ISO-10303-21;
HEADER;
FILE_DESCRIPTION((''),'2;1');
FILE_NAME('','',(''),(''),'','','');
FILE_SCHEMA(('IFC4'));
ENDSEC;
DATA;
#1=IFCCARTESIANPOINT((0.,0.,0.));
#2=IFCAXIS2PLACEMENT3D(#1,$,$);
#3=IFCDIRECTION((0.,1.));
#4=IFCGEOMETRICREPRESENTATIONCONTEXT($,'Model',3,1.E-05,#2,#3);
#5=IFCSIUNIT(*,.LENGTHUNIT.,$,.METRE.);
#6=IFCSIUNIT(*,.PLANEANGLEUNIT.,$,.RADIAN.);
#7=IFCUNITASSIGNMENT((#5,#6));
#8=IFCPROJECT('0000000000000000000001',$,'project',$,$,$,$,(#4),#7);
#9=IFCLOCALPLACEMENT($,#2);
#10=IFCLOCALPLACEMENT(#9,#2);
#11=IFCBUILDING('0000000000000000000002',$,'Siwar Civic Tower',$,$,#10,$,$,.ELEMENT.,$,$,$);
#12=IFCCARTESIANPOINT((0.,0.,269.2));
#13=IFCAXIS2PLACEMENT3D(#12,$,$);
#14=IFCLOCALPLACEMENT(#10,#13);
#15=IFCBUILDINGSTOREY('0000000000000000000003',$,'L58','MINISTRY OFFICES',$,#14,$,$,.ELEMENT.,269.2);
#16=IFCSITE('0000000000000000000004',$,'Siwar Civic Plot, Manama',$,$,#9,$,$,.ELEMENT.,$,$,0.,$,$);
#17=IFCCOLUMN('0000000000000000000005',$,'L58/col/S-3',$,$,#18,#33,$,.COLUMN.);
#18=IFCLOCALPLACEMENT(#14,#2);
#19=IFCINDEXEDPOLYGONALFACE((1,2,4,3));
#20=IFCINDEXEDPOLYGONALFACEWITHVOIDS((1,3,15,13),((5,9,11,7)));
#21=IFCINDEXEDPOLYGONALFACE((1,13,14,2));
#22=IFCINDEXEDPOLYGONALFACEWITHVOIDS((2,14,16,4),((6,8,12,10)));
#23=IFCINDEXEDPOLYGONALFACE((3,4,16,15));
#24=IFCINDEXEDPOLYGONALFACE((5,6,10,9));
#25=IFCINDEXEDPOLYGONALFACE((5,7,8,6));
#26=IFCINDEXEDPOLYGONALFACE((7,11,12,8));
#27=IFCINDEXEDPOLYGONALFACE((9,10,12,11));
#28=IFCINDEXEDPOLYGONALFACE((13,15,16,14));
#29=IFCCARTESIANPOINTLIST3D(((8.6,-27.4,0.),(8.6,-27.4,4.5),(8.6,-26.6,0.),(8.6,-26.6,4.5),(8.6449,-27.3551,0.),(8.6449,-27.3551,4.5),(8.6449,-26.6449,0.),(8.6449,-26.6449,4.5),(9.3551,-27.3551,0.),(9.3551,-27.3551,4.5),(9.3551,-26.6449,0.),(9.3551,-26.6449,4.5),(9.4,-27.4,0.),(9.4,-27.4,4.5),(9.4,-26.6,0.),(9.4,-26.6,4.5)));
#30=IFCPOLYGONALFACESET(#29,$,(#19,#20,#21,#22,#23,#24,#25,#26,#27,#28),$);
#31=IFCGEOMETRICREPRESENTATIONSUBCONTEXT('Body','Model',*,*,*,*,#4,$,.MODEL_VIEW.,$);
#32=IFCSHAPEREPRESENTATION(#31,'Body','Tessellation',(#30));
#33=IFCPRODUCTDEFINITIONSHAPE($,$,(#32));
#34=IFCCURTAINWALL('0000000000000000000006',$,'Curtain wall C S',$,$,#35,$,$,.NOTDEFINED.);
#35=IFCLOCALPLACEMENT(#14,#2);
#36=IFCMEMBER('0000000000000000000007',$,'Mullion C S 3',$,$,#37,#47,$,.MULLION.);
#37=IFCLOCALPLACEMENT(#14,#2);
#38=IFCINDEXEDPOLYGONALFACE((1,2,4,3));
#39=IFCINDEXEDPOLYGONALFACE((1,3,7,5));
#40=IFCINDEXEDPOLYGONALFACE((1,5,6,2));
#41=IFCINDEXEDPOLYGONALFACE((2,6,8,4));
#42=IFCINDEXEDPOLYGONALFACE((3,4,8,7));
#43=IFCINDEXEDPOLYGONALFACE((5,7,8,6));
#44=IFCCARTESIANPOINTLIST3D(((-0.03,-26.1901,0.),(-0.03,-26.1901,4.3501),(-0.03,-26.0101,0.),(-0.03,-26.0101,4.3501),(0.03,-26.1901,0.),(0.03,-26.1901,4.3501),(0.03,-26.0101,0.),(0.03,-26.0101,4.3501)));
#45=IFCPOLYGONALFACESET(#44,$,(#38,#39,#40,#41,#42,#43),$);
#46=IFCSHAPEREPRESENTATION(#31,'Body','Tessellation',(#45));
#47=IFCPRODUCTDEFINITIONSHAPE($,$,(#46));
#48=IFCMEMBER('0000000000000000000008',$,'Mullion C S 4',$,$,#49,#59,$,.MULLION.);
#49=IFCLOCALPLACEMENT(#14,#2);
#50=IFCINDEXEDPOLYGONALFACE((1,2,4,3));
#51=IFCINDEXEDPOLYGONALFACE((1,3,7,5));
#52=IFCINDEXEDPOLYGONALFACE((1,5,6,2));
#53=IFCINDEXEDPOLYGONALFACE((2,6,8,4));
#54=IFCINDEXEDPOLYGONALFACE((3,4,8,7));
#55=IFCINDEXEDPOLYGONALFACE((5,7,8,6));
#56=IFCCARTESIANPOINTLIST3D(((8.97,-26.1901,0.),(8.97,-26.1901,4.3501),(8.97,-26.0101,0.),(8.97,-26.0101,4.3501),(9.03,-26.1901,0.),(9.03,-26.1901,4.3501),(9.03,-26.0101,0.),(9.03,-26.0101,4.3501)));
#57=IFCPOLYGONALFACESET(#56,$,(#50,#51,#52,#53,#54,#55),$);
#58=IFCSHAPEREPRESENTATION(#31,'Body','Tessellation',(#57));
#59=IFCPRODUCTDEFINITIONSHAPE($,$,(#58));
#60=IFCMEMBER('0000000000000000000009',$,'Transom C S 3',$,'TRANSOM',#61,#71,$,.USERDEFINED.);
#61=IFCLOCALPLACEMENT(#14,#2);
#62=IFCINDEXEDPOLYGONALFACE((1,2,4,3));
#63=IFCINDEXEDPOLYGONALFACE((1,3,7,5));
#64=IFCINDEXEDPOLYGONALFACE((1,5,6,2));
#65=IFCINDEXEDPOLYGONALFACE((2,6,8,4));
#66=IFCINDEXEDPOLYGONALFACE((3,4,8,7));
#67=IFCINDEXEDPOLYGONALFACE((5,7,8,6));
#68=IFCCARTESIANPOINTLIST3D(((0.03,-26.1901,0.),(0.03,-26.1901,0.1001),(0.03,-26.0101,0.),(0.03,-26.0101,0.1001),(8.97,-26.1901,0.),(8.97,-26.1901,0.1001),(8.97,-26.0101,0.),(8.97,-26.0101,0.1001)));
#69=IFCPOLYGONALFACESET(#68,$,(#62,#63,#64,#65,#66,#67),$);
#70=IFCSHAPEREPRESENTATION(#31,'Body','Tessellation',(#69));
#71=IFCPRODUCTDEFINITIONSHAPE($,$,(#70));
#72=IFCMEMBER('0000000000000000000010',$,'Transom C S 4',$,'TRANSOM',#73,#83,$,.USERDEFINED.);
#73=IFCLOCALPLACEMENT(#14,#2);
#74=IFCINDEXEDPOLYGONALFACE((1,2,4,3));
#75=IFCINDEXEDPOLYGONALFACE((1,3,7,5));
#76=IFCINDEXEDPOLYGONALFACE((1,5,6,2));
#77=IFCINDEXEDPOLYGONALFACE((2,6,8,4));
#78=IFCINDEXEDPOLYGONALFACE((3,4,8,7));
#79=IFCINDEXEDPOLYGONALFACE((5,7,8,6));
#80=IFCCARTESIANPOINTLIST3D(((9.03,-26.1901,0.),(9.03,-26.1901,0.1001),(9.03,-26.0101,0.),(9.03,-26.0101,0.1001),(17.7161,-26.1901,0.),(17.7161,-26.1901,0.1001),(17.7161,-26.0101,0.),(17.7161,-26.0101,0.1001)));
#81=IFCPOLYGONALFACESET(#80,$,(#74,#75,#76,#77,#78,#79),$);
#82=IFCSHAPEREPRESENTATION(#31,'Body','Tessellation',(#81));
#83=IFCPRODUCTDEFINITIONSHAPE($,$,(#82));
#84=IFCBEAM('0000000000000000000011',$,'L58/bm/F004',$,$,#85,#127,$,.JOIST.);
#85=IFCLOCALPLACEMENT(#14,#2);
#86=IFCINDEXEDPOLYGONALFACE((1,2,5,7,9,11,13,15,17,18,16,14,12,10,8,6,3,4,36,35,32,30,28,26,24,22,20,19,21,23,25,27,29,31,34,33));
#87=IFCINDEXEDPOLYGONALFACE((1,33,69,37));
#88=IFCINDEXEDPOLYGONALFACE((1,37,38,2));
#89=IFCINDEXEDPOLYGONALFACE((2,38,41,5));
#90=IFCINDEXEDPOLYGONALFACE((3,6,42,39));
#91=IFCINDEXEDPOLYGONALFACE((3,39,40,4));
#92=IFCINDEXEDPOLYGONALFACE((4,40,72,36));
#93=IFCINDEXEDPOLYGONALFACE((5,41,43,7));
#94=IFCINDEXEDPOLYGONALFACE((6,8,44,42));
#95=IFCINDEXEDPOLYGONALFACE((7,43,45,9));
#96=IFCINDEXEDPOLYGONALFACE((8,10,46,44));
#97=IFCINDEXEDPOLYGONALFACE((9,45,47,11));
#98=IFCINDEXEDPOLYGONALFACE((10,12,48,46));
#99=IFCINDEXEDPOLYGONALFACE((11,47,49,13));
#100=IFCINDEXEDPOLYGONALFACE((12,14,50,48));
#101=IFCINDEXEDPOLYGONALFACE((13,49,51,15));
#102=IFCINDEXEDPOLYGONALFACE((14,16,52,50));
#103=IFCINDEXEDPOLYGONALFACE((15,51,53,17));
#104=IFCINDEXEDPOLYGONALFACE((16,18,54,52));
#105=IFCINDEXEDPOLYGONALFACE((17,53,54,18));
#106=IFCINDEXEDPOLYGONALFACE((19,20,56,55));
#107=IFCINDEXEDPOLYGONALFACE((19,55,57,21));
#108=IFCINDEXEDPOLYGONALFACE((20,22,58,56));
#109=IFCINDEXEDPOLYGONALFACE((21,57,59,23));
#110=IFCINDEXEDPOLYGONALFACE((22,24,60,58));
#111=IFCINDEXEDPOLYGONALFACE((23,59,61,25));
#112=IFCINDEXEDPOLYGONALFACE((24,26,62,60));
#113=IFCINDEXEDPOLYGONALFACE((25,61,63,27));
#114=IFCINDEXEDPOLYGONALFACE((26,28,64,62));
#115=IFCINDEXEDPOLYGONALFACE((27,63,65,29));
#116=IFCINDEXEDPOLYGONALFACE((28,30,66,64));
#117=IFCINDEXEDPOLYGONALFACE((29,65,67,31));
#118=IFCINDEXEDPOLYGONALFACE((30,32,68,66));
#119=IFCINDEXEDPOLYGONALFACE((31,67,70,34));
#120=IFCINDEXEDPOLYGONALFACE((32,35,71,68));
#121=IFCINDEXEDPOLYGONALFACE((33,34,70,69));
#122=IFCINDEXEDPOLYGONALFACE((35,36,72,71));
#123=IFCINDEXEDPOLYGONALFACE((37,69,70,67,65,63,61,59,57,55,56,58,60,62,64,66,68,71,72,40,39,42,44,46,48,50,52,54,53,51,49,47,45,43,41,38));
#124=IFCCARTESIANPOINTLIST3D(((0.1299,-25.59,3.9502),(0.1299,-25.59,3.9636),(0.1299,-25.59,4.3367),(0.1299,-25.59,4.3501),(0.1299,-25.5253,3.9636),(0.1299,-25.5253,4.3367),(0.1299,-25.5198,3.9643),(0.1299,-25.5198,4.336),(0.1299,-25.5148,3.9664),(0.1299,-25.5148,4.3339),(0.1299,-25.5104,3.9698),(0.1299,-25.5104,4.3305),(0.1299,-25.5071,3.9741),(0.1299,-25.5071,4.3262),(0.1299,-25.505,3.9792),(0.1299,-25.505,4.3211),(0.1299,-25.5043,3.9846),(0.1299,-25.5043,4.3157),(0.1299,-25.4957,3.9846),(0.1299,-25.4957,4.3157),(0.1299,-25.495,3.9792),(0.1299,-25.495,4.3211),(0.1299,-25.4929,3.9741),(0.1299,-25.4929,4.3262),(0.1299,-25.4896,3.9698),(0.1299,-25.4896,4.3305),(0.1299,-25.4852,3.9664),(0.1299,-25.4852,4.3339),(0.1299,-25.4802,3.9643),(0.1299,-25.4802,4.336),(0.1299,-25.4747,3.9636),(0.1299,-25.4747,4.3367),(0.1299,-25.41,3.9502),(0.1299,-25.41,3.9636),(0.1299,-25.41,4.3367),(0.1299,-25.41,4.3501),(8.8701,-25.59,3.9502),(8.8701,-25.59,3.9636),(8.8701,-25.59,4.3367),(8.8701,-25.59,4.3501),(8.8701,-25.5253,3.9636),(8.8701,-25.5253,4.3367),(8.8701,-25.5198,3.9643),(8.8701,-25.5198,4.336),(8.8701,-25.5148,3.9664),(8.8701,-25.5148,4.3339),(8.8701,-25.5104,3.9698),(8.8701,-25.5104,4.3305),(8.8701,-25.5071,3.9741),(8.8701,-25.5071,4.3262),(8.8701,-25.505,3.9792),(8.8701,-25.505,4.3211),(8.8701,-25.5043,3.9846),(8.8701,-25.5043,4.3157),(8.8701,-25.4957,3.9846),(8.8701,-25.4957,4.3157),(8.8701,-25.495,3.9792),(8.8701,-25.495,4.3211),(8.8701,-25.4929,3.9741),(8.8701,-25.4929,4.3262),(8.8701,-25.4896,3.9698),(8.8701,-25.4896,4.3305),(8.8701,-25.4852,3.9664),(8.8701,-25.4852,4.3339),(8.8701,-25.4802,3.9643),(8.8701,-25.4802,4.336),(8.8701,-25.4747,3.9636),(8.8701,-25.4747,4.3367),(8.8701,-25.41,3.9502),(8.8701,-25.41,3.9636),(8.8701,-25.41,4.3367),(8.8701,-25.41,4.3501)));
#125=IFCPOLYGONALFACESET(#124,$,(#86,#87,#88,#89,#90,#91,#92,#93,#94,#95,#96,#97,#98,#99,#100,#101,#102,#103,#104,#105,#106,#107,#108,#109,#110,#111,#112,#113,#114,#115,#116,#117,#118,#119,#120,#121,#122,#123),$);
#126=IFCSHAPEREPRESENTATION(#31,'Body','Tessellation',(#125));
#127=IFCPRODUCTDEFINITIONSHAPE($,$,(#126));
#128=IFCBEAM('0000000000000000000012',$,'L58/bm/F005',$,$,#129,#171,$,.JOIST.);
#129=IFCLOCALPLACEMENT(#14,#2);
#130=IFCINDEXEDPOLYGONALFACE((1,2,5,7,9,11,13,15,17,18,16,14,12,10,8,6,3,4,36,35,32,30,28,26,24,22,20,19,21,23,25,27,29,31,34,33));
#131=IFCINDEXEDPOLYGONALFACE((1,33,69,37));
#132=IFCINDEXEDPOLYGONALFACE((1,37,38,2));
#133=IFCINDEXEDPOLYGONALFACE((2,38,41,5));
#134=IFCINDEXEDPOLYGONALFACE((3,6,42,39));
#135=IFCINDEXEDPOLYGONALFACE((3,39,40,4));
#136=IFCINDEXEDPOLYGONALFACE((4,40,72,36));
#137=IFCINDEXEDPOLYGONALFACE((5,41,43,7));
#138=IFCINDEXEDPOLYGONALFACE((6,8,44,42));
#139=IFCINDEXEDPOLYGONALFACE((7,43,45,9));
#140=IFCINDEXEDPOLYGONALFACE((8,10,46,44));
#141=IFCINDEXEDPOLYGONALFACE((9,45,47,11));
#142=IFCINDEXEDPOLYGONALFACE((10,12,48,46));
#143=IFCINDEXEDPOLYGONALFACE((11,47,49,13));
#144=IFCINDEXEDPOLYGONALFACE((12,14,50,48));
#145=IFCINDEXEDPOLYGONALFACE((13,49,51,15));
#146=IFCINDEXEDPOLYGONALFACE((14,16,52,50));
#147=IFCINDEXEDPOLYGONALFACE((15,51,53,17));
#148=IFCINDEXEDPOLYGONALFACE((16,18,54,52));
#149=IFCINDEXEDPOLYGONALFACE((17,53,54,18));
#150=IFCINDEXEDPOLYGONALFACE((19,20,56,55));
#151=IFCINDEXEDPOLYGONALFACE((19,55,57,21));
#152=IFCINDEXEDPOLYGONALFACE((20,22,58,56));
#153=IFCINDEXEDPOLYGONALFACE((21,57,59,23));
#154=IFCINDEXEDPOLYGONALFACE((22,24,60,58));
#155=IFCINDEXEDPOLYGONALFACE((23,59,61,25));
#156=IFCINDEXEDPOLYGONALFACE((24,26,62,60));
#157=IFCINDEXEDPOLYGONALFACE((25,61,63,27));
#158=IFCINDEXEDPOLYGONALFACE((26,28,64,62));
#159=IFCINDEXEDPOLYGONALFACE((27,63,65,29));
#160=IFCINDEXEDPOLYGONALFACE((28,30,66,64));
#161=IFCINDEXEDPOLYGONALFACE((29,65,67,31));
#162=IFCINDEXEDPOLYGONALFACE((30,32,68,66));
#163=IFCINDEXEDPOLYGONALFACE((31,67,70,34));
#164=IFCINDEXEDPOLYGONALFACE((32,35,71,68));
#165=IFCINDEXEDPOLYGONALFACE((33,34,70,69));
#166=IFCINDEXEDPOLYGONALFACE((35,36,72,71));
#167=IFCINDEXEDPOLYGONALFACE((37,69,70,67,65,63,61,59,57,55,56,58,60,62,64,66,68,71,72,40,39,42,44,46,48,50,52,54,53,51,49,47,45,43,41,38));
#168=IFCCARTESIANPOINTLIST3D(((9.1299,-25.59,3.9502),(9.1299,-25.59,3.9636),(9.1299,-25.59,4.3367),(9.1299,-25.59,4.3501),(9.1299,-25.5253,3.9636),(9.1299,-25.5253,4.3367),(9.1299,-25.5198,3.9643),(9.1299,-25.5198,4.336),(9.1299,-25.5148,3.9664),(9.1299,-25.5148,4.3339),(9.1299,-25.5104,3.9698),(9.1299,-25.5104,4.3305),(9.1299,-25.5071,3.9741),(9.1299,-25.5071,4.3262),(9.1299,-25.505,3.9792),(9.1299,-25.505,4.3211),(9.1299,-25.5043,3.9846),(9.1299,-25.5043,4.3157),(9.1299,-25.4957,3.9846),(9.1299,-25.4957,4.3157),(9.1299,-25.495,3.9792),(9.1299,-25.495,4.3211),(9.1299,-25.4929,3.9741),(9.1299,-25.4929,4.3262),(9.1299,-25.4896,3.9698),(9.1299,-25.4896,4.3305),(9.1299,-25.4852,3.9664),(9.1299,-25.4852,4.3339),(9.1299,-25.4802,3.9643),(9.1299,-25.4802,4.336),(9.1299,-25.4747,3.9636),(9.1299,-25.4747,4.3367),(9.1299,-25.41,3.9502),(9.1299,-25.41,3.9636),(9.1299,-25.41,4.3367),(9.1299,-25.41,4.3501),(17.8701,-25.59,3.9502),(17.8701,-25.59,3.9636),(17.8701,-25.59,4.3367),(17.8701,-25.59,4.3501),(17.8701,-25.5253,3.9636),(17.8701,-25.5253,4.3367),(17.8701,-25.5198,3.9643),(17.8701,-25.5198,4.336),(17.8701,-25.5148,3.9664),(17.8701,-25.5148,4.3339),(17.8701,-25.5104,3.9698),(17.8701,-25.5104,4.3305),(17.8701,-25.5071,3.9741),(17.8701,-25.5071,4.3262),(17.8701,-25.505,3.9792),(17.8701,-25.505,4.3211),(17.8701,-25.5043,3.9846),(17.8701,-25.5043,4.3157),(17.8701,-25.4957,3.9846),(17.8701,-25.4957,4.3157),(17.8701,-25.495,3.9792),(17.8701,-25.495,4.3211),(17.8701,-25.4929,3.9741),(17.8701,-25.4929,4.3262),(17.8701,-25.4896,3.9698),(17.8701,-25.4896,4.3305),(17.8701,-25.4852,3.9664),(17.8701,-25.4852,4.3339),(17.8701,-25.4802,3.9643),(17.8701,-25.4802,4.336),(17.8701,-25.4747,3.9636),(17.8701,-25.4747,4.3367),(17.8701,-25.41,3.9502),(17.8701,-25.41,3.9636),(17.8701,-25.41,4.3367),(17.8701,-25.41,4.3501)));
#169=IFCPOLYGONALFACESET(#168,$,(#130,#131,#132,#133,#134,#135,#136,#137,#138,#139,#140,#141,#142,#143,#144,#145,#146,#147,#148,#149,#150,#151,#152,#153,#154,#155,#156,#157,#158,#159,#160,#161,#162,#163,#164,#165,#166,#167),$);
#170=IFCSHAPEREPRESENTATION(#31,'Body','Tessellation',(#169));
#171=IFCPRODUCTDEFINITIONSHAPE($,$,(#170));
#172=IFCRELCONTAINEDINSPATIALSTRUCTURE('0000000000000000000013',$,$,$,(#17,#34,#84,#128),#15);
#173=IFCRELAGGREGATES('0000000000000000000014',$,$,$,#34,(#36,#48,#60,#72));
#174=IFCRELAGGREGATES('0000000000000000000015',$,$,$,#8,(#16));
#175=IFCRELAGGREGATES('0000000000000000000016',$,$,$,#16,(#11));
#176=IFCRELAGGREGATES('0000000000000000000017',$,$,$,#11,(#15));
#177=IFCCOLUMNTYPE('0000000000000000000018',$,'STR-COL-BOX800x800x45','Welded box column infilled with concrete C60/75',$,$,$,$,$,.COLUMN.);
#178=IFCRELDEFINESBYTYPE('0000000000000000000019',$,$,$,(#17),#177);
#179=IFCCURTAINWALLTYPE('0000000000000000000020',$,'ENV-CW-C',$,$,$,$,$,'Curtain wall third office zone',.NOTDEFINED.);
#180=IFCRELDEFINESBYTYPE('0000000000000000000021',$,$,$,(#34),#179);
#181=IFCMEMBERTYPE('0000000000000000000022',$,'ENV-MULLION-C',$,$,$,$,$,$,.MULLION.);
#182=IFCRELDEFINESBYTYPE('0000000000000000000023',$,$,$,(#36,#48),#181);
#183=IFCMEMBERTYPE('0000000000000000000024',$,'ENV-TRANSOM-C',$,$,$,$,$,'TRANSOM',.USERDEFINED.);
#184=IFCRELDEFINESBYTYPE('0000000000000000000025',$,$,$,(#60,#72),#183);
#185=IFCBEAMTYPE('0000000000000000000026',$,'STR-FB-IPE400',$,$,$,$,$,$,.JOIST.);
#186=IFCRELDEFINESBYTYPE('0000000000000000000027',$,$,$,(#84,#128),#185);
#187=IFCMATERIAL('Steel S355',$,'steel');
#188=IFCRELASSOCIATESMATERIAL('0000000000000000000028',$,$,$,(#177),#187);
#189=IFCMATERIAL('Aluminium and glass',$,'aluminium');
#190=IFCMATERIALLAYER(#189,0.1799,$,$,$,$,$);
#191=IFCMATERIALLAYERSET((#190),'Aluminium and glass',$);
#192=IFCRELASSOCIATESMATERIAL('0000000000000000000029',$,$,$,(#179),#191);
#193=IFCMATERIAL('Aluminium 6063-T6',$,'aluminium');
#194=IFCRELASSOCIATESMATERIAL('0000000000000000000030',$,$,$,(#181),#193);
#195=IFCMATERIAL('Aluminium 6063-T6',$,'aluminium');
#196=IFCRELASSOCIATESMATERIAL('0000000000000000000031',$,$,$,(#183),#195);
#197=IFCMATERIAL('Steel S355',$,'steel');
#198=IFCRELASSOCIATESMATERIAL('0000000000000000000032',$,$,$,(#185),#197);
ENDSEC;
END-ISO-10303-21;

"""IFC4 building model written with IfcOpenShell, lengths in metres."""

from ifc_helpers import new_model, si_unit, direction, frame, origin, origin_2d, place, context, subcontext, project, spatial, rectangle, hollow_rectangle, i_section, extrude, material, layer, layer_set, material_profile, profile_set, type_object, element, aggregate, save


model = new_model("IFC4")

# Units and contexts
model_context = context("Model", 3, precision=1e-05, world=origin(), true_north=direction((0.0, 1.0)))
body_context = subcontext(model_context, "Body", "Model", "MODEL_VIEW")
ifc_project = project(units=[si_unit("LENGTHUNIT", "METRE"), si_unit("PLANEANGLEUNIT", "RADIAN")], contexts=[model_context])

# Site, building, storey
site_placement = place(None, origin())
site = spatial("IfcSite", under=ifc_project, at=site_placement, Name="Siwar Civic Plot, Manama", CompositionType="ELEMENT", RefElevation=0.0)
building_placement = place(site_placement, origin())
building = spatial("IfcBuilding", under=site, at=building_placement, Name="Siwar Civic Tower", CompositionType="ELEMENT")
storey_placement = place(building_placement, frame((0.0, 0.0, 269.2)))
storey = spatial("IfcBuildingStorey", under=building, at=storey_placement, Name="L58", Description="MINISTRY OFFICES", CompositionType="ELEMENT", Elevation=269.2)

# Column
ifc_material_1 = material(Name="Steel S355", Category="steel")
ifc_material_profile_1 = material_profile(ifc_material_1, hollow_rectangle(XDim=0.8, YDim=0.8, WallThickness=0.0449, at=origin_2d()), Name="BOX800x800x45")
ifc_profile_set_1 = profile_set([ifc_material_profile_1], Name="Steel S355")
column_type = type_object("IfcColumnType", Name="STR-COL-BOX800x800x45", Description="Welded box column infilled with concrete C60/75", PredefinedType="COLUMN", material=ifc_profile_set_1)
column_placement = place(storey_placement, frame((9.0, -27.0, 0.0), z_axis=(0.0, 0.0, 1.0), x_axis=(1.0, 0.0, 0.0)))
element("IfcColumn", 1, at=column_placement, inside=storey, type_object=column_type, Name="L58/col/S-3", PredefinedType="COLUMN", context=body_context, shape_type="SweptSolid", body=[
    extrude(hollow_rectangle(XDim=0.8, YDim=0.8, WallThickness=0.0449, at=origin_2d()), origin(), (0.0, 0.0, 1.0), 4.5),
])

# Curtain wall, members
ifc_material_2 = material(Name="Aluminium and glass", Category="aluminium")
ifc_layer_1 = layer(ifc_material_2, 0.1799)
ifc_layer_set_1 = layer_set([ifc_layer_1], Name="Aluminium and glass")
curtain_wall_type = type_object("IfcCurtainWallType", Name="ENV-CW-C", ElementType="Curtain wall third office zone", PredefinedType="NOTDEFINED", material=ifc_layer_set_1)
curtain_wall_placement = place(storey_placement, origin())
curtain_wall = element("IfcCurtainWall", 2, at=curtain_wall_placement, inside=storey, type_object=curtain_wall_type, Name="Curtain wall C S", PredefinedType="NOTDEFINED")
ifc_material_3 = material(Name="Aluminium 6063-T6", Category="aluminium")
ifc_material_profile_2 = material_profile(ifc_material_3, rectangle(XDim=0.1799, YDim=0.0601, at=origin_2d()), Name="AL 180x60")
ifc_profile_set_2 = profile_set([ifc_material_profile_2], Name="Aluminium 6063-T6")
member_type_1 = type_object("IfcMemberType", Name="ENV-MULLION-C", PredefinedType="MULLION", material=ifc_profile_set_2)
member_1_placement = place(storey_placement, frame((0.0, -26.1001, 0.0), z_axis=(0.0, 0.0, 1.0), x_axis=(0.0, 1.0, 0.0)))
member_1 = element("IfcMember", 3, at=member_1_placement, type_object=member_type_1, Name="Mullion C S 3", PredefinedType="MULLION", context=body_context, shape_type="SweptSolid", body=[
    extrude(rectangle(XDim=0.1799, YDim=0.0601, at=origin_2d()), origin(), (0.0, 0.0, 1.0), 4.3501),
])
member_2_placement = place(storey_placement, frame((9.0, -26.1001, 0.0), z_axis=(0.0, 0.0, 1.0), x_axis=(0.0, 1.0, 0.0)))
member_2 = element("IfcMember", 4, at=member_2_placement, type_object=member_type_1, Name="Mullion C S 4", PredefinedType="MULLION", context=body_context, shape_type="SweptSolid", body=[
    extrude(rectangle(XDim=0.1799, YDim=0.0601, at=origin_2d()), origin(), (0.0, 0.0, 1.0), 4.3501),
])
ifc_material_4 = material(Name="Aluminium 6063-T6", Category="aluminium")
ifc_material_profile_3 = material_profile(ifc_material_4, rectangle(XDim=0.1799, YDim=0.1001, at=origin_2d()), Name="AL 180x100")
ifc_profile_set_3 = profile_set([ifc_material_profile_3], Name="Aluminium 6063-T6")
member_type_2 = type_object("IfcMemberType", Name="ENV-TRANSOM-C", ElementType="TRANSOM", PredefinedType="USERDEFINED", material=ifc_profile_set_3)
member_3_placement = place(storey_placement, frame((0.03, -26.1001, 0.05), z_axis=(1.0, 0.0, 0.0), x_axis=(0.0, 1.0, 0.0)))
member_3 = element("IfcMember", 5, at=member_3_placement, type_object=member_type_2, Name="Transom C S 3", ObjectType="TRANSOM", PredefinedType="USERDEFINED", context=body_context, shape_type="SweptSolid", body=[
    extrude(rectangle(XDim=0.1799, YDim=0.1001, at=origin_2d()), origin(), (0.0, 0.0, 1.0), 8.9399),
])
member_4_placement = place(storey_placement, frame((9.03, -26.1001, 0.05), z_axis=(1.0, 0.0, 0.0), x_axis=(0.0, 1.0, 0.0)))
member_4 = element("IfcMember", 6, at=member_4_placement, type_object=member_type_2, Name="Transom C S 4", ObjectType="TRANSOM", PredefinedType="USERDEFINED", context=body_context, shape_type="SweptSolid", body=[
    extrude(rectangle(XDim=0.1799, YDim=0.1001, at=origin_2d()), origin(), (0.0, 0.0, 1.0), 8.686),
])

# Beams
ifc_material_5 = material(Name="Steel S355", Category="steel")
ifc_material_profile_4 = material_profile(ifc_material_5, i_section(OverallWidth=0.1799, OverallDepth=0.3999, WebThickness=0.0085, FlangeThickness=0.0134, FilletRadius=0.021, at=origin_2d()), Name="IPE400")
ifc_profile_set_4 = profile_set([ifc_material_profile_4], Name="Steel S355")
beam_type_1 = type_object("IfcBeamType", Name="STR-FB-IPE400", PredefinedType="JOIST", material=ifc_profile_set_4)
for number, where, z_axis, x_axis, name in (
    (7, (0.1299, -25.5, 4.1501), (1.0, 0.0, 0.0), (0.0, 1.0, 0.0), "L58/bm/F004"),
    (8, (9.1299, -25.5, 4.1501), (1.0, 0.0, 0.0), (0.0, 1.0, 0.0), "L58/bm/F005"),
):
    element("IfcBeam", number, at=place(storey_placement, frame(where, z_axis=z_axis, x_axis=x_axis)), inside=storey, type_object=beam_type_1, Name=name, PredefinedType="JOIST", context=body_context, shape_type="SweptSolid", body=[
        extrude(i_section(OverallWidth=0.1799, OverallDepth=0.3999, WebThickness=0.0085, FlangeThickness=0.0134, FilletRadius=0.021, at=origin_2d()), origin(), (0.0, 0.0, 1.0), 8.7402),
    ])

aggregate(curtain_wall, [member_1, member_2, member_3, member_4])

save(model, "model.ifc")
